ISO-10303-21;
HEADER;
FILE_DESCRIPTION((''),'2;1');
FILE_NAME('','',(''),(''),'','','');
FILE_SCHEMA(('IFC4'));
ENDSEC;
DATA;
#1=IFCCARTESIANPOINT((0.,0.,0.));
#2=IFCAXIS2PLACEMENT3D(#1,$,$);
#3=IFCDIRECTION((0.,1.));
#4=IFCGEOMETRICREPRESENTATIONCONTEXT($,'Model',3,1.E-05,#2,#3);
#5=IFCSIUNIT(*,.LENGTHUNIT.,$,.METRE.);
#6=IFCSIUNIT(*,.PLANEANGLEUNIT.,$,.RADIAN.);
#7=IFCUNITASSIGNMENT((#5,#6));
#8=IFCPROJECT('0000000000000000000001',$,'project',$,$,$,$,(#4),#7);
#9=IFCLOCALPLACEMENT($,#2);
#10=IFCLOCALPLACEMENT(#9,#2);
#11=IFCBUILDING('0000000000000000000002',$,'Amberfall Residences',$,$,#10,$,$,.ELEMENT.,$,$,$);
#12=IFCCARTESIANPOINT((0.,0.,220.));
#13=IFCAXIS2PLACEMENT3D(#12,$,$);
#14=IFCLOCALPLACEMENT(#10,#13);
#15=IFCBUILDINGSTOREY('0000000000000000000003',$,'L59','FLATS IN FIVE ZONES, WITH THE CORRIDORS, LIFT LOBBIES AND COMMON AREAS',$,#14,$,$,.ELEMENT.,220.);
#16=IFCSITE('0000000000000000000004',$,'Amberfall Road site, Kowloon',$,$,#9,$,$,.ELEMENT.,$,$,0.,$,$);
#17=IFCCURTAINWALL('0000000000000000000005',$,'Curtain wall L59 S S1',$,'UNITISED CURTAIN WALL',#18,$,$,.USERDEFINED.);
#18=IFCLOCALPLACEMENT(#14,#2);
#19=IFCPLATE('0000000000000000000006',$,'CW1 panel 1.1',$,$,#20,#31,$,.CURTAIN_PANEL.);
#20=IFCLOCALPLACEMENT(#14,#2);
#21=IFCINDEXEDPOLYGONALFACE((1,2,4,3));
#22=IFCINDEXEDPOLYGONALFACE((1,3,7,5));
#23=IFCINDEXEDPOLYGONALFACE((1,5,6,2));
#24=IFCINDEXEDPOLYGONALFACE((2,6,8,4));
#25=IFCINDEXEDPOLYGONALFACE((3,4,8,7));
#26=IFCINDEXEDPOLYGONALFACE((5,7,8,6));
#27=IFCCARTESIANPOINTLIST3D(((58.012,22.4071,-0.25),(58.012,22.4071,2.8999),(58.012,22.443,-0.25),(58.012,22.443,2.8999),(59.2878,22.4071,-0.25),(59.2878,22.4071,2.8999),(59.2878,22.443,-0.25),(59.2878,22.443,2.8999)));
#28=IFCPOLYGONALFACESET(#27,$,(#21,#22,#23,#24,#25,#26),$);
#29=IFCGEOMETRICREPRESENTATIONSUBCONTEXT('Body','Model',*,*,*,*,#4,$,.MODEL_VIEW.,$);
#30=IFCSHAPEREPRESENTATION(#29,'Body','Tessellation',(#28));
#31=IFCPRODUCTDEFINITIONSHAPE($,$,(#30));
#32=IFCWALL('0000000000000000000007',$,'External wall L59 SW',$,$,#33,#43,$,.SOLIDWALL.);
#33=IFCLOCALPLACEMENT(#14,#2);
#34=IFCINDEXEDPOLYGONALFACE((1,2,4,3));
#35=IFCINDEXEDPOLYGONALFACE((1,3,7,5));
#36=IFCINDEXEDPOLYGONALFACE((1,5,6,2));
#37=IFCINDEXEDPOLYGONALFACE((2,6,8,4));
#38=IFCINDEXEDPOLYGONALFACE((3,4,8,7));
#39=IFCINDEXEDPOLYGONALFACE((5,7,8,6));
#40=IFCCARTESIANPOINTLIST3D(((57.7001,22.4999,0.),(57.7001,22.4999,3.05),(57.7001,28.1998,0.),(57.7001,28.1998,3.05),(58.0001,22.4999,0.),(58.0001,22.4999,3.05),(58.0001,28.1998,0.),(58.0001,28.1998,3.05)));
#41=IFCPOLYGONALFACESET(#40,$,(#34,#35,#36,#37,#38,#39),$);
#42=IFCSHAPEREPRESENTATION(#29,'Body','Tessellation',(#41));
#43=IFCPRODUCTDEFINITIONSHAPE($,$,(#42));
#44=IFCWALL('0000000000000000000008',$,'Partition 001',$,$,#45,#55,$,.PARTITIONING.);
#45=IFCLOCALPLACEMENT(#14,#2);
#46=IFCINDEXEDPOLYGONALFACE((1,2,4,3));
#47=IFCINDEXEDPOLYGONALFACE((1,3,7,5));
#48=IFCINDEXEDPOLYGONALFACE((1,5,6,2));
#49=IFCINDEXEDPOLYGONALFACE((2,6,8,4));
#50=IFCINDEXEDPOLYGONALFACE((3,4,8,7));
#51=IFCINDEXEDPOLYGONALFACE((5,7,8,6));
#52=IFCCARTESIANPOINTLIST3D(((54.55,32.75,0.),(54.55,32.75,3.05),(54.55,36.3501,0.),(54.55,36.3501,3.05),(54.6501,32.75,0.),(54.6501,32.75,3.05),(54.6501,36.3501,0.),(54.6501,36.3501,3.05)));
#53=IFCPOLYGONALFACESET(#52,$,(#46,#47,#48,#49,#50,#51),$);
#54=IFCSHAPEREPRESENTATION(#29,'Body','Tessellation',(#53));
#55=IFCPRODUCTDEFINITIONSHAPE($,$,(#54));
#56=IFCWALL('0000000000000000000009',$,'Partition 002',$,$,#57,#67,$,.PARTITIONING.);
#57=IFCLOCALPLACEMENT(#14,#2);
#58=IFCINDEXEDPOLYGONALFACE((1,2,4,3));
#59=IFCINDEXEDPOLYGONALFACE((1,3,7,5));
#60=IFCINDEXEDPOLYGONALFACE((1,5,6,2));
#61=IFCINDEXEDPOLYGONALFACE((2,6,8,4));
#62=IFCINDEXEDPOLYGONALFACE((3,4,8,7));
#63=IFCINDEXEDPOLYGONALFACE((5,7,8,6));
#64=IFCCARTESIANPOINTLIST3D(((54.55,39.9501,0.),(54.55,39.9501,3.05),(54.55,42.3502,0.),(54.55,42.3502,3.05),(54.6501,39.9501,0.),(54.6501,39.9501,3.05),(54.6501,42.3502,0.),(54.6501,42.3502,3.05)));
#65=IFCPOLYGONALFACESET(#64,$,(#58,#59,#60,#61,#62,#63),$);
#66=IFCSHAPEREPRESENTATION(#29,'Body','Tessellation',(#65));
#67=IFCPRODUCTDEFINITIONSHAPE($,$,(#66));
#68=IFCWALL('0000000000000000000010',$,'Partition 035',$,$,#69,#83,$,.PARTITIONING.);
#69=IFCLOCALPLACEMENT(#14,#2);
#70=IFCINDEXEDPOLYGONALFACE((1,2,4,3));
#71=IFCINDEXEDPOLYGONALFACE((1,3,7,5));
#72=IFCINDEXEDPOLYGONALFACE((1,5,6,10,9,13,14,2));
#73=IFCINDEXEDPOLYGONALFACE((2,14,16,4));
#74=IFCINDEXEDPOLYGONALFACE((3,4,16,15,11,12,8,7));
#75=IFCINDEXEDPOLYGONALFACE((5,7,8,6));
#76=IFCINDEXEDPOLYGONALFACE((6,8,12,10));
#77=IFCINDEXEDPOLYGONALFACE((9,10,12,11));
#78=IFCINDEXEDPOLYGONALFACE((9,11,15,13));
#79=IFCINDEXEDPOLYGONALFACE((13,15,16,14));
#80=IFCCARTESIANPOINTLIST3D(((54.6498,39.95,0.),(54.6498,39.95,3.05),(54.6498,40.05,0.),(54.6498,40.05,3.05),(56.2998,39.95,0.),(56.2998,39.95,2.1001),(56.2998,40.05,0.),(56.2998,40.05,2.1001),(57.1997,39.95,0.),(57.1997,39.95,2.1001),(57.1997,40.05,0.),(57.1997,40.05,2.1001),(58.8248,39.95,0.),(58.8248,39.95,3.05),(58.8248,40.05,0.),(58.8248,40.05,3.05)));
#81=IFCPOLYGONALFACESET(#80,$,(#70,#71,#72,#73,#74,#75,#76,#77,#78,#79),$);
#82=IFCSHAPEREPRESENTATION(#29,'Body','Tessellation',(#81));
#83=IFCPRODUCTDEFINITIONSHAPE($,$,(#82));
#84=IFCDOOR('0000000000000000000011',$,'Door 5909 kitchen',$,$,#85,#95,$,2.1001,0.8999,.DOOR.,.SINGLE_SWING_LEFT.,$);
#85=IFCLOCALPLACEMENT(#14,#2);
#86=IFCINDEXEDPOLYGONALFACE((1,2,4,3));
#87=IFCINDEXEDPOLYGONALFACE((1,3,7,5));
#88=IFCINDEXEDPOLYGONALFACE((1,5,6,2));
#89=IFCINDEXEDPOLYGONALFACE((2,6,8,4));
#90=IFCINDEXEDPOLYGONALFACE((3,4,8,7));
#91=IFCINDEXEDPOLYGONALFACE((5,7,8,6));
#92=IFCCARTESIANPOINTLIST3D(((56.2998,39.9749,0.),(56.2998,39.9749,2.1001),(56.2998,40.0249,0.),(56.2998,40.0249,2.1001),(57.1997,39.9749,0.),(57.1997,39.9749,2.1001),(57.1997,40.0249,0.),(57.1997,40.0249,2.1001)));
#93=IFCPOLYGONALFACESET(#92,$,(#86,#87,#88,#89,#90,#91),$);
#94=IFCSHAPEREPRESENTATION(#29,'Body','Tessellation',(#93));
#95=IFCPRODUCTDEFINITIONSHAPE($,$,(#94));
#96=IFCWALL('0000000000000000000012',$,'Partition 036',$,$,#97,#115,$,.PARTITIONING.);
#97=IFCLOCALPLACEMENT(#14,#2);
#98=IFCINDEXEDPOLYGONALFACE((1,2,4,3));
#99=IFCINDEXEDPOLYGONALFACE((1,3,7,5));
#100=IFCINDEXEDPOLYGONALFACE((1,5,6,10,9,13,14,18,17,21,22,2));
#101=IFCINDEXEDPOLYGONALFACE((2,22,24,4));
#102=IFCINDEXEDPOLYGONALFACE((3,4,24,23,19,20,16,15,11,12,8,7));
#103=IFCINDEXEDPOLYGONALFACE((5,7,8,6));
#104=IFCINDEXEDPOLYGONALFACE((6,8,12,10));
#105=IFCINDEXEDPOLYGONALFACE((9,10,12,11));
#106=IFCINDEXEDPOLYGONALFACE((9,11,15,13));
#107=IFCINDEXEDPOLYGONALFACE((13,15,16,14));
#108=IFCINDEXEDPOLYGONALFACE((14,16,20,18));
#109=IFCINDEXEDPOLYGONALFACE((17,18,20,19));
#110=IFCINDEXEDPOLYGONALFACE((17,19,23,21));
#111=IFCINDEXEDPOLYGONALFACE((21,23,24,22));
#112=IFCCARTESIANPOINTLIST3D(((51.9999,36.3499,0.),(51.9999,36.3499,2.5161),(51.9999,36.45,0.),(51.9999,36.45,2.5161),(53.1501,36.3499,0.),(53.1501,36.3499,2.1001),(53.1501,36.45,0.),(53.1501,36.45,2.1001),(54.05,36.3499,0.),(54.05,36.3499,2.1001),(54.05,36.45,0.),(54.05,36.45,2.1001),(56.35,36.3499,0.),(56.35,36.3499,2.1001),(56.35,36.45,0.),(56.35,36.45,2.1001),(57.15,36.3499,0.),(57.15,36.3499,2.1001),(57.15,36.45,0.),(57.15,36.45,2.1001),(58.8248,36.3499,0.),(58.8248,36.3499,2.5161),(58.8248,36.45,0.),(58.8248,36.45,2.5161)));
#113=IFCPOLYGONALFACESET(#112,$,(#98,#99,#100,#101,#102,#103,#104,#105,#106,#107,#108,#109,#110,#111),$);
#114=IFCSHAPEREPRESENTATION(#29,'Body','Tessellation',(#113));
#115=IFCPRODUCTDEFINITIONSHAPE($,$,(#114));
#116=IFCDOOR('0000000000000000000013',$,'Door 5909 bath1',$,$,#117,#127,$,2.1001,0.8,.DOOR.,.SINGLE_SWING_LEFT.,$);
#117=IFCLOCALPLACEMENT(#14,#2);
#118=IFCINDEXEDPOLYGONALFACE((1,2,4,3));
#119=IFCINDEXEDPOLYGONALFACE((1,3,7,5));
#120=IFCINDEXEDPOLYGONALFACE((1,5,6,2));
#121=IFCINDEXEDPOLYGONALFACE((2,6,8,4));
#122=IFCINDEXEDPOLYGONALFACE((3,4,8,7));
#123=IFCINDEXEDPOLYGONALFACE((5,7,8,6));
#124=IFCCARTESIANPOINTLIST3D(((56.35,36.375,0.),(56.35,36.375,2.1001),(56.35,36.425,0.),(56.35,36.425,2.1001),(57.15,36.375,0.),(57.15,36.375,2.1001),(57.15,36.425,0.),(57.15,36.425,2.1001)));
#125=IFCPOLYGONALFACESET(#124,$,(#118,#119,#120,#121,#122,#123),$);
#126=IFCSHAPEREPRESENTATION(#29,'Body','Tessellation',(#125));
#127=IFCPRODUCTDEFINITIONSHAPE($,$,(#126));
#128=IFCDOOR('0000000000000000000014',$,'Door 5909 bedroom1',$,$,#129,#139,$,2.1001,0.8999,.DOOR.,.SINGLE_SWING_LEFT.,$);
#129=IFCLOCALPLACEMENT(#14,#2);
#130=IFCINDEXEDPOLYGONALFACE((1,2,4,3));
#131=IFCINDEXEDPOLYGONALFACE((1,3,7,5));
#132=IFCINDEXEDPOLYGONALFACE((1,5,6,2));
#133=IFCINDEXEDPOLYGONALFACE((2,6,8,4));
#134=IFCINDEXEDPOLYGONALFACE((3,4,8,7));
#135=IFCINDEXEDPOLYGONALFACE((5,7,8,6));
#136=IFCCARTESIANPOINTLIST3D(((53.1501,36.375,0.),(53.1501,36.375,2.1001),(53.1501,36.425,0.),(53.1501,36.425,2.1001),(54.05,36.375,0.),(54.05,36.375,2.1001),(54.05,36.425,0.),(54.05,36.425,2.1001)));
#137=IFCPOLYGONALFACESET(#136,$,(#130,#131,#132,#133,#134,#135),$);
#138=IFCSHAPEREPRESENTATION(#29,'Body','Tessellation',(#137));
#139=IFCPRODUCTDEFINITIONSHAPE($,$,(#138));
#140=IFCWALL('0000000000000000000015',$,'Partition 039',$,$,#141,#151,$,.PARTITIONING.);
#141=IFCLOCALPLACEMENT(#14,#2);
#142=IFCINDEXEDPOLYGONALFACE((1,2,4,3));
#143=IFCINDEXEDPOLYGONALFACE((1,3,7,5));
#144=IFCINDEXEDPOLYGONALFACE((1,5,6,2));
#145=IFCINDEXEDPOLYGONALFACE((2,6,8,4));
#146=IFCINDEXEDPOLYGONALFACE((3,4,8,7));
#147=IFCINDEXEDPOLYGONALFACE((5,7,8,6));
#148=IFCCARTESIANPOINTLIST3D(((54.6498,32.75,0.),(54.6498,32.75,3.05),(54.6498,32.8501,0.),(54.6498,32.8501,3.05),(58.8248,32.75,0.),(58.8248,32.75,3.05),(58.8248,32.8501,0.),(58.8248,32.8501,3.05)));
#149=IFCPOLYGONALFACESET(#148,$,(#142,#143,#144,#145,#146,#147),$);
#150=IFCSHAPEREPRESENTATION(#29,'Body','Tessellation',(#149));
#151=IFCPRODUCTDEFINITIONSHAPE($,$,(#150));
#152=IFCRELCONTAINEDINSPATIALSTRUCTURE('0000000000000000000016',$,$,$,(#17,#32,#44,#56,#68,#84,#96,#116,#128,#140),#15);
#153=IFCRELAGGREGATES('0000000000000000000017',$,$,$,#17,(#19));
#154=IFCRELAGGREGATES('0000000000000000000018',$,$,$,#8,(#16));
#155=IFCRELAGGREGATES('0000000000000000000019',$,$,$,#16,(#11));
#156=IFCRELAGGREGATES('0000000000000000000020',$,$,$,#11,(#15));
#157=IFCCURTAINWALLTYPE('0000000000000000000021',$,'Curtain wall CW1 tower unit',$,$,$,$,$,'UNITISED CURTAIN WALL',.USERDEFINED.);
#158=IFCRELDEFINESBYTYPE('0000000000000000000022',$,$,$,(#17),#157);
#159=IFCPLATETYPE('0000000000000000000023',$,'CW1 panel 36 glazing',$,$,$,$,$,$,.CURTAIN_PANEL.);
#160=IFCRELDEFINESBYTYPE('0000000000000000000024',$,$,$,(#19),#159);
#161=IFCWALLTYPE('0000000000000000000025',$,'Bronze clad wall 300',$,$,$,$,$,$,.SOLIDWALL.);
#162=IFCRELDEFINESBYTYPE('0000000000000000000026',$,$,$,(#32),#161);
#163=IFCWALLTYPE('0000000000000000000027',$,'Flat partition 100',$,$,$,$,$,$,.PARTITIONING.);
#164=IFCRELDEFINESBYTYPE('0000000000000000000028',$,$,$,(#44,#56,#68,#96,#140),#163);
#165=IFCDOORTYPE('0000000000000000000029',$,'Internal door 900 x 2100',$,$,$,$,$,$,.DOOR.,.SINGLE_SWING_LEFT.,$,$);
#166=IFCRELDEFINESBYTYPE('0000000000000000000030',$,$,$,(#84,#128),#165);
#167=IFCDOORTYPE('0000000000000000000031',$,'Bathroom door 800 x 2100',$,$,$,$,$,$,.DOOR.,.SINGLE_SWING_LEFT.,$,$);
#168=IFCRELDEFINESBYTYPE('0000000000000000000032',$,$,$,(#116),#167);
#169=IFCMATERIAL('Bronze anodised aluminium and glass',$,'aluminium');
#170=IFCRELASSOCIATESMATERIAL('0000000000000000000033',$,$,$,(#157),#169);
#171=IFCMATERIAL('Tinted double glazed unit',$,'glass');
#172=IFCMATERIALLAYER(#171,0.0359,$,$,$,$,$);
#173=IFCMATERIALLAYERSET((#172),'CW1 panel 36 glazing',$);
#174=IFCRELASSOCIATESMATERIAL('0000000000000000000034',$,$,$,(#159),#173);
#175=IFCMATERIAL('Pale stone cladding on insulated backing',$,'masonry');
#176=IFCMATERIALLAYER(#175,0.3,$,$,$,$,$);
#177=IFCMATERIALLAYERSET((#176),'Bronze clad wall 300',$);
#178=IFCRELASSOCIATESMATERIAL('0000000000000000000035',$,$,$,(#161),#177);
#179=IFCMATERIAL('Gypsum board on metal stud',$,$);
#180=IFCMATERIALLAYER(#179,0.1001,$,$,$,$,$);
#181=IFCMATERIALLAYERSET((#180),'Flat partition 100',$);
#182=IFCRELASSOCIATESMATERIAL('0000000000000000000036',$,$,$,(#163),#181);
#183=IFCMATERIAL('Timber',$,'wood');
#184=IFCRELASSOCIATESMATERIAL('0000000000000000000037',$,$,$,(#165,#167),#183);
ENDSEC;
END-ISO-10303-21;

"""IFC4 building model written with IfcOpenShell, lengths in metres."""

from ifc_helpers import new_model, si_unit, direction, frame, frame_2d, origin, origin_2d, place, context, subcontext, project, spatial, rectangle, extrude, material, layer, layer_set, type_object, element, fill, aggregate, save


model = new_model("IFC4")

# Units and contexts
model_context = context("Model", 3, precision=1e-05, world=origin(), true_north=direction((0.0, 1.0)))
body_context = subcontext(model_context, "Body", "Model", "MODEL_VIEW")
ifc_project = project(units=[si_unit("LENGTHUNIT", "METRE"), si_unit("PLANEANGLEUNIT", "RADIAN")], contexts=[model_context])

# Site, building, storey
site_placement = place(None, origin())
site = spatial("IfcSite", under=ifc_project, at=site_placement, Name="Amberfall Road site, Kowloon", CompositionType="ELEMENT", RefElevation=0.0)
building_placement = place(site_placement, origin())
building = spatial("IfcBuilding", under=site, at=building_placement, Name="Amberfall Residences", CompositionType="ELEMENT")
storey_placement = place(building_placement, frame((0.0, 0.0, 220.0)))
storey = spatial("IfcBuildingStorey", under=building, at=storey_placement, Name="L59", Description="FLATS IN FIVE ZONES, WITH THE CORRIDORS, LIFT LOBBIES AND COMMON AREAS", CompositionType="ELEMENT", Elevation=220.0)

# Curtain wall
ifc_material_1 = material(Name="Bronze anodised aluminium and glass", Category="aluminium")
curtain_wall_type = type_object("IfcCurtainWallType", Name="Curtain wall CW1 tower unit", ElementType="UNITISED CURTAIN WALL", PredefinedType="USERDEFINED", material=ifc_material_1)
curtain_wall_placement = place(storey_placement, origin())
curtain_wall = element("IfcCurtainWall", 1, at=curtain_wall_placement, inside=storey, type_object=curtain_wall_type, Name="Curtain wall L59 S S1", ObjectType="UNITISED CURTAIN WALL", PredefinedType="USERDEFINED")

# Plate
ifc_material_2 = material(Name="Tinted double glazed unit", Category="glass")
ifc_layer_1 = layer(ifc_material_2, 0.0359)
ifc_layer_set_1 = layer_set([ifc_layer_1], Name="CW1 panel 36 glazing")
plate_type = type_object("IfcPlateType", Name="CW1 panel 36 glazing", PredefinedType="CURTAIN_PANEL", material=ifc_layer_set_1)
plate_placement = place(storey_placement, frame((58.6499, 22.425, -0.25), z_axis=(0.0, 0.0, 1.0), x_axis=(1.0, 0.0, 0.0)))
plate = element("IfcPlate", 2, at=plate_placement, type_object=plate_type, Name="CW1 panel 1.1", PredefinedType="CURTAIN_PANEL", context=body_context, shape_type="SweptSolid", body=[
    extrude(rectangle(XDim=1.2759, YDim=0.0359, at=origin_2d()), origin(), (0.0, 0.0, 1.0), 3.1499),
])
aggregate(curtain_wall, [plate])

# Walls
ifc_material_3 = material(Name="Pale stone cladding on insulated backing", Category="masonry")
ifc_layer_2 = layer(ifc_material_3, 0.3)
ifc_layer_set_2 = layer_set([ifc_layer_2], Name="Bronze clad wall 300")
wall_type_1 = type_object("IfcWallType", Name="Bronze clad wall 300", PredefinedType="SOLIDWALL", material=ifc_layer_set_2)
wall_1_placement = place(storey_placement, frame((57.8501, 28.2, 0.0), z_axis=(0.0, 0.0, 1.0), x_axis=(0.0, -1.0, 0.0)))
element("IfcWall", 3, at=wall_1_placement, inside=storey, type_object=wall_type_1, Name="External wall L59 SW", PredefinedType="SOLIDWALL", context=body_context, shape_type="SweptSolid", body=[
    extrude(rectangle(XDim=5.7, YDim=0.3, at=frame_2d((2.8501, 0.0))), origin(), (0.0, 0.0, 1.0), 3.05),
])
ifc_material_4 = material(Name="Gypsum board on metal stud")
ifc_layer_3 = layer(ifc_material_4, 0.1001)
ifc_layer_set_3 = layer_set([ifc_layer_3], Name="Flat partition 100")
wall_type_2 = type_object("IfcWallType", Name="Flat partition 100", PredefinedType="PARTITIONING", material=ifc_layer_set_3)
wall_2_placement = place(storey_placement, frame((54.6001, 32.75, 0.0), z_axis=(0.0, 0.0, 1.0), x_axis=(0.0, 1.0, 0.0)))
element("IfcWall", 4, at=wall_2_placement, inside=storey, type_object=wall_type_2, Name="Partition 001", PredefinedType="PARTITIONING", context=body_context, shape_type="SweptSolid", body=[
    extrude(rectangle(XDim=3.6001, YDim=0.1001, at=frame_2d((1.8, 0.0))), origin(), (0.0, 0.0, 1.0), 3.05),
])
wall_3_placement = place(storey_placement, frame((54.6001, 39.95, 0.0), z_axis=(0.0, 0.0, 1.0), x_axis=(0.0, 1.0, 0.0)))
element("IfcWall", 5, at=wall_3_placement, inside=storey, type_object=wall_type_2, Name="Partition 002", PredefinedType="PARTITIONING", context=body_context, shape_type="SweptSolid", body=[
    extrude(rectangle(XDim=2.4001, YDim=0.1001, at=frame_2d((1.2002, 0.0))), origin(), (0.0, 0.0, 1.0), 3.05),
])

# Wall, opening, door
wall_4_placement = place(storey_placement, frame((54.6499, 40.0, 0.0), z_axis=(0.0, 0.0, 1.0), x_axis=(1.0, 0.0, 0.0)))
wall_4 = element("IfcWall", 6, at=wall_4_placement, inside=storey, type_object=wall_type_2, Name="Partition 035", PredefinedType="PARTITIONING", context=body_context, shape_type="SweptSolid", body=[
    extrude(rectangle(XDim=4.175, YDim=0.1001, at=frame_2d((2.0874, 0.0))), origin(), (0.0, 0.0, 1.0), 3.05),
])
opening_1_placement = place(wall_4_placement, frame((1.6499, 0.0, 0.0)))
opening_1 = element("IfcOpeningElement", 7, at=opening_1_placement, cuts=wall_4, PredefinedType="OPENING", context=body_context, shape_type="SweptSolid", body=[
    extrude(rectangle(XDim=0.8999, YDim=2.1001, at=frame_2d((0.45, 1.05))), frame((0.0, 0.0601, 0.0), z_axis=(0.0, -1.0, 0.0), x_axis=(1.0, 0.0, 0.0)), (0.0, 0.0, 1.0), 0.1201),
])
ifc_material_5 = material(Name="Timber", Category="wood")
door_type_1 = type_object("IfcDoorType", Name="Internal door 900 x 2100", OperationType="SINGLE_SWING_LEFT", PredefinedType="DOOR", material=ifc_material_5)
door_1_placement = place(opening_1_placement, origin())
door_1 = element("IfcDoor", 8, at=door_1_placement, inside=storey, type_object=door_type_1, Name="Door 5909 kitchen", OperationType="SINGLE_SWING_LEFT", OverallHeight=2.1001, OverallWidth=0.8999, PredefinedType="DOOR", context=body_context, shape_type="SweptSolid", body=[
    extrude(rectangle(XDim=0.8999, YDim=2.1001, at=frame_2d((0.45, 1.05))), frame((0.0, 0.0249, 0.0), z_axis=(0.0, -1.0, 0.0), x_axis=(1.0, 0.0, 0.0)), (0.0, 0.0, 1.0), 0.05),
])
fill(opening_1, door_1)

# Wall, openings, doors
wall_5_placement = place(storey_placement, frame((58.825, 36.3999, 0.0), z_axis=(0.0, 0.0, 1.0), x_axis=(-1.0, 0.0, 0.0)))
wall_5 = element("IfcWall", 9, at=wall_5_placement, inside=storey, type_object=wall_type_2, Name="Partition 036", PredefinedType="PARTITIONING", context=body_context, shape_type="SweptSolid", body=[
    extrude(rectangle(XDim=6.825, YDim=0.1001, at=frame_2d((3.4126, 0.0))), origin(), (0.0, 0.0, 1.0), 2.5161),
])
opening_2_placement = place(wall_5_placement, frame((4.7749, 0.0, 0.0)))
opening_2 = element("IfcOpeningElement", 10, at=opening_2_placement, cuts=wall_5, PredefinedType="OPENING", context=body_context, shape_type="SweptSolid", body=[
    extrude(rectangle(XDim=0.8999, YDim=2.1001, at=frame_2d((0.45, 1.05))), frame((0.0, 0.0601, 0.0), z_axis=(0.0, -1.0, 0.0), x_axis=(1.0, 0.0, 0.0)), (0.0, 0.0, 1.0), 0.1201),
])
opening_3_placement = place(wall_5_placement, frame((1.675, 0.0, 0.0)))
opening_3 = element("IfcOpeningElement", 11, at=opening_3_placement, cuts=wall_5, PredefinedType="OPENING", context=body_context, shape_type="SweptSolid", body=[
    extrude(rectangle(XDim=0.8, YDim=2.1001, at=frame_2d((0.3999, 1.05))), frame((0.0, 0.0601, 0.0), z_axis=(0.0, -1.0, 0.0), x_axis=(1.0, 0.0, 0.0)), (0.0, 0.0, 1.0), 0.1201),
])
door_type_2 = type_object("IfcDoorType", Name="Bathroom door 800 x 2100", OperationType="SINGLE_SWING_LEFT", PredefinedType="DOOR", material=ifc_material_5)
door_2_placement = place(opening_3_placement, origin())
door_2 = element("IfcDoor", 12, at=door_2_placement, inside=storey, type_object=door_type_2, Name="Door 5909 bath1", OperationType="SINGLE_SWING_LEFT", OverallHeight=2.1001, OverallWidth=0.8, PredefinedType="DOOR", context=body_context, shape_type="SweptSolid", body=[
    extrude(rectangle(XDim=0.8, YDim=2.1001, at=frame_2d((0.3999, 1.05))), frame((0.0, 0.0249, 0.0), z_axis=(0.0, -1.0, 0.0), x_axis=(1.0, 0.0, 0.0)), (0.0, 0.0, 1.0), 0.05),
])
fill(opening_3, door_2)
door_3_placement = place(opening_2_placement, origin())
door_3 = element("IfcDoor", 13, at=door_3_placement, inside=storey, type_object=door_type_1, Name="Door 5909 bedroom1", OperationType="SINGLE_SWING_LEFT", OverallHeight=2.1001, OverallWidth=0.8999, PredefinedType="DOOR", context=body_context, shape_type="SweptSolid", body=[
    extrude(rectangle(XDim=0.8999, YDim=2.1001, at=frame_2d((0.45, 1.05))), frame((0.0, 0.0249, 0.0), z_axis=(0.0, -1.0, 0.0), x_axis=(1.0, 0.0, 0.0)), (0.0, 0.0, 1.0), 0.05),
])
fill(opening_2, door_3)

# Wall
wall_6_placement = place(storey_placement, frame((54.6499, 32.8, 0.0), z_axis=(0.0, 0.0, 1.0), x_axis=(1.0, 0.0, 0.0)))
element("IfcWall", 14, at=wall_6_placement, inside=storey, type_object=wall_type_2, Name="Partition 039", PredefinedType="PARTITIONING", context=body_context, shape_type="SweptSolid", body=[
    extrude(rectangle(XDim=4.175, YDim=0.1001, at=frame_2d((2.0874, 0.0))), origin(), (0.0, 0.0, 1.0), 3.05),
])

save(model, "model.ifc")
